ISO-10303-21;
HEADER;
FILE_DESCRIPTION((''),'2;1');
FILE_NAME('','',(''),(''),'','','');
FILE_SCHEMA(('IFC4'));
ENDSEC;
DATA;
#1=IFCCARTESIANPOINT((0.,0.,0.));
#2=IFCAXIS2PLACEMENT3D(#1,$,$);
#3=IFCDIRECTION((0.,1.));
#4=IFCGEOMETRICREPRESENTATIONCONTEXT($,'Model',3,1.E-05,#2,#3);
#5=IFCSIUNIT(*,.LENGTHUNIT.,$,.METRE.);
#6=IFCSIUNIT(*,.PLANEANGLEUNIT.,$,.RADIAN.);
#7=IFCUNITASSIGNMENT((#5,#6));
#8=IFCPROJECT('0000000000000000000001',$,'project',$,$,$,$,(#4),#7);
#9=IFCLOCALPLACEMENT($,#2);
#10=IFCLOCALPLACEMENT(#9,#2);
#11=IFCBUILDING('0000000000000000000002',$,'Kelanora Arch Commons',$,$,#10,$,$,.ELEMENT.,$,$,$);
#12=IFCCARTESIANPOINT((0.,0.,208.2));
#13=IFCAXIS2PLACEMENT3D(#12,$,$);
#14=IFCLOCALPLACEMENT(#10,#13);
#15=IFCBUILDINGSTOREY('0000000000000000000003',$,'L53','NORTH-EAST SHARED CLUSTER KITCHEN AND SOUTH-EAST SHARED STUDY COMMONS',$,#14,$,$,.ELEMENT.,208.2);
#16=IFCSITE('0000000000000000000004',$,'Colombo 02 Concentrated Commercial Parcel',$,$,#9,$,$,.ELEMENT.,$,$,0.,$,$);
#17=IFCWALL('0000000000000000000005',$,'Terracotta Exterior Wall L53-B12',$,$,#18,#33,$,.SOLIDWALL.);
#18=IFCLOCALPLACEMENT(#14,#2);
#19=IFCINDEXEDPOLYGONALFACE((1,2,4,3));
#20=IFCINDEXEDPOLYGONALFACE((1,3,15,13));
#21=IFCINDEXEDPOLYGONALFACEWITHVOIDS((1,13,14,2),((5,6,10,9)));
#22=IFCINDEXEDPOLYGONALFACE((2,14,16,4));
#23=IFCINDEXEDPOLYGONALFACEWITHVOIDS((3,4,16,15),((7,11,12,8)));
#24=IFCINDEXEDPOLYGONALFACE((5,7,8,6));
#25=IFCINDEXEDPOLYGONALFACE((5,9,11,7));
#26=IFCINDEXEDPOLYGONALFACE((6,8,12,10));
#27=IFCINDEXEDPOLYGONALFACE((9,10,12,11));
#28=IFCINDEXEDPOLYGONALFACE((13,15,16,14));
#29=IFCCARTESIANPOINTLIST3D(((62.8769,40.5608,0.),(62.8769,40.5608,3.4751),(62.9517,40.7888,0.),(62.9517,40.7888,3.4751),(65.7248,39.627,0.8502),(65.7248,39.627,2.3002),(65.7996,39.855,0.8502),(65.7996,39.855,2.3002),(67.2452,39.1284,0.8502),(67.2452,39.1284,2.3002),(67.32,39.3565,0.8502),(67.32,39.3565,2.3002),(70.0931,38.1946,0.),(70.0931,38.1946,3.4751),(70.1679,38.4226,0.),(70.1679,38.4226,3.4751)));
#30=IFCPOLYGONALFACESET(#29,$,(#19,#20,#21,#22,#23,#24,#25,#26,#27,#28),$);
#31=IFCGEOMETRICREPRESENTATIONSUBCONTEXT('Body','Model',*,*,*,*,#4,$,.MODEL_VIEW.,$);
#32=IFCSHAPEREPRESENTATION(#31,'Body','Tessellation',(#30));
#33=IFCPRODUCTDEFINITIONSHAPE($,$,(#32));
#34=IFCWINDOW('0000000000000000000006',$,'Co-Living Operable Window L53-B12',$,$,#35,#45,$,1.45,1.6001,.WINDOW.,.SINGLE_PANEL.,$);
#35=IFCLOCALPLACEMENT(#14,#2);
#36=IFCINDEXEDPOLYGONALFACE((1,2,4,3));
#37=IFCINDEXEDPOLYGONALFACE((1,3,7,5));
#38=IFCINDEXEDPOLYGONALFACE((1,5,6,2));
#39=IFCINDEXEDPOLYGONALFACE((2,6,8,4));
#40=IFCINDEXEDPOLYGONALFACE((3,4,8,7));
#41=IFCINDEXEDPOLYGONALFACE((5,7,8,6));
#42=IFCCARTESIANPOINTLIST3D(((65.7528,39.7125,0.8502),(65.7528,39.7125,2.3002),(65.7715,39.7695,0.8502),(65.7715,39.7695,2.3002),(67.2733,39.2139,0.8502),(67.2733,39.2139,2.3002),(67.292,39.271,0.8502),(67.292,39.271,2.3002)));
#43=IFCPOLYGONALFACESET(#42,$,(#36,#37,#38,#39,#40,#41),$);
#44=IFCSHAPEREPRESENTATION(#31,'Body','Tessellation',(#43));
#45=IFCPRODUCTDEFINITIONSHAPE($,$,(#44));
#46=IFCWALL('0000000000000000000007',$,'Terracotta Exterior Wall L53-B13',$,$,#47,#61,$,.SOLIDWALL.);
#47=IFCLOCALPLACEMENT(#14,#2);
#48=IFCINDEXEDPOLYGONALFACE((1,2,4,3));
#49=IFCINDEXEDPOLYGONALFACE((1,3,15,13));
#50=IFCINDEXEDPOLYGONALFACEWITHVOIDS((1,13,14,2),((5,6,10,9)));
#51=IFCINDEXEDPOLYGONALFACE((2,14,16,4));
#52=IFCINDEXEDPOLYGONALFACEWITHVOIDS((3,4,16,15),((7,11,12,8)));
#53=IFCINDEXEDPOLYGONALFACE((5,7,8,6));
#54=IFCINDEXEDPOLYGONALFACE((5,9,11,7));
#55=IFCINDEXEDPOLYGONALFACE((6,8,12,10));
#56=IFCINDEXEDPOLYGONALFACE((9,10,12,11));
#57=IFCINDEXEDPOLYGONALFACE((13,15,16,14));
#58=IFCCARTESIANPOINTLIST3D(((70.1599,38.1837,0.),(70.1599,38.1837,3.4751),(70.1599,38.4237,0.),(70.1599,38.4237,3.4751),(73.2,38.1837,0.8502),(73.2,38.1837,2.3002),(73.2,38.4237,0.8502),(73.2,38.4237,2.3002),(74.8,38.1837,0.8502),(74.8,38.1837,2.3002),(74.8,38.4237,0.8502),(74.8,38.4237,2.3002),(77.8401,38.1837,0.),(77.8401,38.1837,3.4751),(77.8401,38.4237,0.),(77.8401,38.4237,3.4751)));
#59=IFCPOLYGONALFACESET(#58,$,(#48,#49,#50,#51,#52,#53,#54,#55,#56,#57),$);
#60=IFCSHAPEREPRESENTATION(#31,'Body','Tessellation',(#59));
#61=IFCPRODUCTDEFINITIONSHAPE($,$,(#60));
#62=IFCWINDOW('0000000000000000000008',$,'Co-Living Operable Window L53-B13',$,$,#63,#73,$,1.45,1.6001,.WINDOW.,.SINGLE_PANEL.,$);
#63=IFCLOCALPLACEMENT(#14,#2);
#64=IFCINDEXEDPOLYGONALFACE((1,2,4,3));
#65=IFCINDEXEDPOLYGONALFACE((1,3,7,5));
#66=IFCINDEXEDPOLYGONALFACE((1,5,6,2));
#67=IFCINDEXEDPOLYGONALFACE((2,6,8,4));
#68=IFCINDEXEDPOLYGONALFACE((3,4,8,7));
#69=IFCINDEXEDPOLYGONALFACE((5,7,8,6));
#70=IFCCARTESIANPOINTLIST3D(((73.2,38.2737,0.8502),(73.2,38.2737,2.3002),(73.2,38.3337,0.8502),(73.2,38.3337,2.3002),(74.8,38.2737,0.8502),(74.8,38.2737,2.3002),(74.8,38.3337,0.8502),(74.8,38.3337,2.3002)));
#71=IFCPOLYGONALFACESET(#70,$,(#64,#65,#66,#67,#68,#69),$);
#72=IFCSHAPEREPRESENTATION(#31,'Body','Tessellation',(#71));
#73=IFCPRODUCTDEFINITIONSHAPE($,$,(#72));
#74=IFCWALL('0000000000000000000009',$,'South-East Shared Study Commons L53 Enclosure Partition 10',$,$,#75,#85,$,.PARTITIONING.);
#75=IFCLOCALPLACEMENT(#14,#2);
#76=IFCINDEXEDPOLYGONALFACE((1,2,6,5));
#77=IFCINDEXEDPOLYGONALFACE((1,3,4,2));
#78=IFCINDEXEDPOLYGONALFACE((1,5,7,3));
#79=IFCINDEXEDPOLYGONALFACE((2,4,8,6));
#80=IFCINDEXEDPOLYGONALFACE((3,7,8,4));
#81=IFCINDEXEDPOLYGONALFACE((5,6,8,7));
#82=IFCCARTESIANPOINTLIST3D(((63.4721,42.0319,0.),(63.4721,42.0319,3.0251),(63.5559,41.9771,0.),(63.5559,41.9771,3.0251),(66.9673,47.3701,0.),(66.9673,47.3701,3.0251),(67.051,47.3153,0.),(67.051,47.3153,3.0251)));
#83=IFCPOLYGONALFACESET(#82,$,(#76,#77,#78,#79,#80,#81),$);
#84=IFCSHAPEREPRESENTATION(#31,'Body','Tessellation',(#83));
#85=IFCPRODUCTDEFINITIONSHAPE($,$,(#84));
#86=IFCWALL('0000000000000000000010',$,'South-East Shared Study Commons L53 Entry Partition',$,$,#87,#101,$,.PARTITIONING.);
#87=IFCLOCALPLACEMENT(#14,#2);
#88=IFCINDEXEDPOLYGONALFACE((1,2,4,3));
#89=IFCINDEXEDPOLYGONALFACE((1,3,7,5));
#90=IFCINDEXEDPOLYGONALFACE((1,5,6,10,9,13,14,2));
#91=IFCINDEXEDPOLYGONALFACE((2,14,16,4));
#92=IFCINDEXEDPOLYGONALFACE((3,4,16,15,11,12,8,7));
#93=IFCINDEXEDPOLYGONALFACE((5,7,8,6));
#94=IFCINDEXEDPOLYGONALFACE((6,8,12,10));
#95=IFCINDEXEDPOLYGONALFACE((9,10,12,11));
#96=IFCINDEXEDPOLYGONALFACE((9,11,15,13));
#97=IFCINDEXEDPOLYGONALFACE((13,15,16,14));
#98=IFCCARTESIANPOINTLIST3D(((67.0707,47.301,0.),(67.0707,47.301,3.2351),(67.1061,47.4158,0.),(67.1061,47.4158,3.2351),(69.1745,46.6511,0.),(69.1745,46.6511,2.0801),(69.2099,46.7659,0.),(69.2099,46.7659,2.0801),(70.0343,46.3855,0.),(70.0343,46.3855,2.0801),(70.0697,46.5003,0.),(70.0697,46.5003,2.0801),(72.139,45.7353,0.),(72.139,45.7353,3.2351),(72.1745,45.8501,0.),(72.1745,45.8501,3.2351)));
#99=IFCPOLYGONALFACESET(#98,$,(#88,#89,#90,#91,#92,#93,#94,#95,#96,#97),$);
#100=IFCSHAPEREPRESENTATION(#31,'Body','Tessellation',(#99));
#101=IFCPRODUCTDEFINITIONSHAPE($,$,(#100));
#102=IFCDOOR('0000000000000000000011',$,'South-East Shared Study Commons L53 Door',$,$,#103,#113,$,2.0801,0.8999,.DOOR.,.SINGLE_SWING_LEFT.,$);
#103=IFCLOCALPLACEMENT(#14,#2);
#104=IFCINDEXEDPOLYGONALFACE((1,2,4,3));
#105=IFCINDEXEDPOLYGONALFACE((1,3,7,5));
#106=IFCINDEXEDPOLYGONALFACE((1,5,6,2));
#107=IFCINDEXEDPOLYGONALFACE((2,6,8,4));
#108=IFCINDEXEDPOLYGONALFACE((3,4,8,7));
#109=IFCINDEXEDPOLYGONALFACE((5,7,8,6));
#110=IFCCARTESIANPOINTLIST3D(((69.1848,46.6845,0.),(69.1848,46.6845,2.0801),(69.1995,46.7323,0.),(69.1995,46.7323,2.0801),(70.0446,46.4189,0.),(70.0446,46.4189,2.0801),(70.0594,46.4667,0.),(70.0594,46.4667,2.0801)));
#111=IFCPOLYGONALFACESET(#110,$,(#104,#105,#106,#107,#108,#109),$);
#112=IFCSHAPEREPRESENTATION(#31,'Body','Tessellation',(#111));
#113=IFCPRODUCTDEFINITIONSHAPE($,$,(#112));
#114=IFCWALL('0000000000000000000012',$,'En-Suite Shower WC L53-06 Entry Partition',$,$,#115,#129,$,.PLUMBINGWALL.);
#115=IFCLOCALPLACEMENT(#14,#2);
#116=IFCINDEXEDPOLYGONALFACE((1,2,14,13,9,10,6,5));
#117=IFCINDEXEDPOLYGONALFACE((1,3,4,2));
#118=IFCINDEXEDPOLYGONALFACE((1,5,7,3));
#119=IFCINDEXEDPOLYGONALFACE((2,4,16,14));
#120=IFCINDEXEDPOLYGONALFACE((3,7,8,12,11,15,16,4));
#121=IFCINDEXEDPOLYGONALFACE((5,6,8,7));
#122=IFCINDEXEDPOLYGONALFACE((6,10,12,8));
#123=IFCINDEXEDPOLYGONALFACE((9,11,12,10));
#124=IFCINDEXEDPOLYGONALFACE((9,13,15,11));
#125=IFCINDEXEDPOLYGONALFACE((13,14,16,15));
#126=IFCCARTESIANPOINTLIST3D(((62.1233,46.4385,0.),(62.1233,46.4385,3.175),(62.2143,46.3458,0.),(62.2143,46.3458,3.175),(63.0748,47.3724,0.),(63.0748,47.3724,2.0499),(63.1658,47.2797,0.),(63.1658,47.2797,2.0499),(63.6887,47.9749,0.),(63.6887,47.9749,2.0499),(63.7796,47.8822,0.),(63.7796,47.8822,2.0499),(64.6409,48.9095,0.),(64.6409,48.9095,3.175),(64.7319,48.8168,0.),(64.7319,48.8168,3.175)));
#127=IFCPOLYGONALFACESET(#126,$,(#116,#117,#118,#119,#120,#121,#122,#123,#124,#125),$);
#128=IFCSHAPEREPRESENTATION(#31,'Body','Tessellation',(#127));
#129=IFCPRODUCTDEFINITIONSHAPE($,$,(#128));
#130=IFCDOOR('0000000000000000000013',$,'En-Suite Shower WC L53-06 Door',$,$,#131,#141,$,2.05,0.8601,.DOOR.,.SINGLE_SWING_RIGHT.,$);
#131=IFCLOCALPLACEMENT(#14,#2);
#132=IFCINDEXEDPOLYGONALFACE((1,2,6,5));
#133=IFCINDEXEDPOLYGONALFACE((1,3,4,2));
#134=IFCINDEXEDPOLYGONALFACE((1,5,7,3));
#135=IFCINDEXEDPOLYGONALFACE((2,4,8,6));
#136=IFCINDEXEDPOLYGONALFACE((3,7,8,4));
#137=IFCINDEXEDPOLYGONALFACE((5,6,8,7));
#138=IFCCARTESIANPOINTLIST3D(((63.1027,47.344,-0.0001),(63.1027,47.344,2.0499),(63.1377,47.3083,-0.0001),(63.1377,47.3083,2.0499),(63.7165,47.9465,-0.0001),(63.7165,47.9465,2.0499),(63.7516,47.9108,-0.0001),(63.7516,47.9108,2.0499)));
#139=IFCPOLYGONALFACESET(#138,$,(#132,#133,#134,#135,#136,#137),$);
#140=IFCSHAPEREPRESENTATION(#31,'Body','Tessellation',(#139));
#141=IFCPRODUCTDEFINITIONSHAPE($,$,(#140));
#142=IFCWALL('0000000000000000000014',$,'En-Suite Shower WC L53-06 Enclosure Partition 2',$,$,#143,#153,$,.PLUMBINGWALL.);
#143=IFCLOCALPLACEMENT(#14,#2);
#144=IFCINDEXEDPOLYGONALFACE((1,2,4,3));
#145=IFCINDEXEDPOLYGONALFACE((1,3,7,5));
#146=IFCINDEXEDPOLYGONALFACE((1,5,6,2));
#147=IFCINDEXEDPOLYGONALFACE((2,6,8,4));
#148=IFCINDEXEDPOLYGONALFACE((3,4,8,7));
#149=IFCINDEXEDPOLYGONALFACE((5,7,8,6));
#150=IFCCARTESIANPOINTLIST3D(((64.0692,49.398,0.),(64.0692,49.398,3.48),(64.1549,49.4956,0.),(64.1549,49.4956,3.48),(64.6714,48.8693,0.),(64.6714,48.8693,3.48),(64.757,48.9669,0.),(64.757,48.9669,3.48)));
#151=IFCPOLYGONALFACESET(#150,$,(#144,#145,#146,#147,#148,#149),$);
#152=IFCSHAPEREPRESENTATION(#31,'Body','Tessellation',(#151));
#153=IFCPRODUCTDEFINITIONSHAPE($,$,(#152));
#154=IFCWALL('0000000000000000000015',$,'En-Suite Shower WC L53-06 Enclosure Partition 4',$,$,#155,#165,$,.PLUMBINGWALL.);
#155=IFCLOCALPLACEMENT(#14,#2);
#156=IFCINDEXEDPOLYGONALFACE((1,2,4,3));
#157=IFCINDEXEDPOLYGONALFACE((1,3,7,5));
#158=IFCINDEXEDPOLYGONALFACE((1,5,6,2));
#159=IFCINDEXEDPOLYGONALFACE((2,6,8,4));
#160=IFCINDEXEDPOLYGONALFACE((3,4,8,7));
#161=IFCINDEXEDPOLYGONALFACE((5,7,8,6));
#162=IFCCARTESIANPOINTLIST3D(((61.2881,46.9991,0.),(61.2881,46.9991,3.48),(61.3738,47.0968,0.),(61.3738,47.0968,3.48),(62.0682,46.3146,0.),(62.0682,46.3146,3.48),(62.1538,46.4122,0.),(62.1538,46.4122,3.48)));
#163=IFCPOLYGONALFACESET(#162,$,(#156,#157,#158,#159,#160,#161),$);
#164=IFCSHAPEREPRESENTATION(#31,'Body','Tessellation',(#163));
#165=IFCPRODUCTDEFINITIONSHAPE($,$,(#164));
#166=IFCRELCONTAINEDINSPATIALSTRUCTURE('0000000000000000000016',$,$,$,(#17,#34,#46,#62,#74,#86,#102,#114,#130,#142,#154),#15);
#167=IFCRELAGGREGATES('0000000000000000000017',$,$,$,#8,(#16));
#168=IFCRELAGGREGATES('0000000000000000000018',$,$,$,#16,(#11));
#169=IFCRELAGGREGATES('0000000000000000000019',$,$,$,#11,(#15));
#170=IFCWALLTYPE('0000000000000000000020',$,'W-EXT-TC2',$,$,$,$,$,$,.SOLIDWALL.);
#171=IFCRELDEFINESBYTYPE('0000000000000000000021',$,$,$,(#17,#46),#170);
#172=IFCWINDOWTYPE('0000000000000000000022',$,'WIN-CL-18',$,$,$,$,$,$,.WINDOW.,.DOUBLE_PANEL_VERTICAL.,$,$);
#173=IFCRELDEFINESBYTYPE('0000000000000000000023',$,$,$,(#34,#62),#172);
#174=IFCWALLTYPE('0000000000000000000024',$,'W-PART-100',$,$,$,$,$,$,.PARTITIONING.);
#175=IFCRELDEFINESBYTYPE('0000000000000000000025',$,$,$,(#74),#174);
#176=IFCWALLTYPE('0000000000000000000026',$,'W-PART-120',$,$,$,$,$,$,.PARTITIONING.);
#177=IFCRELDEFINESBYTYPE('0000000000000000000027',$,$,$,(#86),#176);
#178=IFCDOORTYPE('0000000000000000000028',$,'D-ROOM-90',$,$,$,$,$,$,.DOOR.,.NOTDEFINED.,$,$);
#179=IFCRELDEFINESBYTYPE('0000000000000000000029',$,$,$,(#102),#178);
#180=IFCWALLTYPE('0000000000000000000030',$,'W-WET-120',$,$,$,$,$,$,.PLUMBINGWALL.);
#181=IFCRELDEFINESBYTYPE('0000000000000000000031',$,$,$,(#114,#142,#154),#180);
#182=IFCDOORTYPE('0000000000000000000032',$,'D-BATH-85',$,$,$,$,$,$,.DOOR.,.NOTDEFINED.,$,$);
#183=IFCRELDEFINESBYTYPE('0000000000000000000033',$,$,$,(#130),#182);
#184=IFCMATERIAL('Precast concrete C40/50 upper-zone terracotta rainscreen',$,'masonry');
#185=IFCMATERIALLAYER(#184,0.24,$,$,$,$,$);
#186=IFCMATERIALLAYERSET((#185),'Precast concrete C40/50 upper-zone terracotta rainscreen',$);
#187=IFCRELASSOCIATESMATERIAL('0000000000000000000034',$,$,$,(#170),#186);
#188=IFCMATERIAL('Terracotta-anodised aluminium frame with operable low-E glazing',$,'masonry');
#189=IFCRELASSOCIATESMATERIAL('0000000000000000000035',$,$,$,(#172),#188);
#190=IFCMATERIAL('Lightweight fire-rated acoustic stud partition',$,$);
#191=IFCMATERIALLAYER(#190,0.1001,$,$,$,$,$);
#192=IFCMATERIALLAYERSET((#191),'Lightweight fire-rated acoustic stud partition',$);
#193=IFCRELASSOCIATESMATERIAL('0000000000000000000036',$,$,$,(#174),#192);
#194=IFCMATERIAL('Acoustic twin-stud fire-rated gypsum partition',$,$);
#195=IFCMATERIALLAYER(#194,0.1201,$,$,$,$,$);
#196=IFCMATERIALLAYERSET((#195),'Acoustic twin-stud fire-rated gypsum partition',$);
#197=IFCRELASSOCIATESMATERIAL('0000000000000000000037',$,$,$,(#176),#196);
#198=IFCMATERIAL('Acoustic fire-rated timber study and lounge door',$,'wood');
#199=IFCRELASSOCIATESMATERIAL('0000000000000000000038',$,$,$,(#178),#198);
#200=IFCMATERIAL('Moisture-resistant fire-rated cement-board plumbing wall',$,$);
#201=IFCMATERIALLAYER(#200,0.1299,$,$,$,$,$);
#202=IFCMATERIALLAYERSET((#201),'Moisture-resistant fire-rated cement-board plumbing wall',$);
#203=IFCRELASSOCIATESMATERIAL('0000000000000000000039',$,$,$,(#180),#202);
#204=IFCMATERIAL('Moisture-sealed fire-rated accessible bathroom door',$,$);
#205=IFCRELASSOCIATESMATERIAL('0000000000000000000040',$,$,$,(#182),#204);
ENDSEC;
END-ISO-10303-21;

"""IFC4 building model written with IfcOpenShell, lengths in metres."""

from ifc_helpers import new_model, si_unit, direction, frame, frame_2d, origin, place, context, subcontext, project, spatial, rectangle, extrude, material, layer, layer_set, type_object, element, fill, save


model = new_model("IFC4")

# Units and contexts
model_context = context("Model", 3, precision=1e-05, world=origin(), true_north=direction((0.0, 1.0)))
body_context = subcontext(model_context, "Body", "Model", "MODEL_VIEW")
ifc_project = project(units=[si_unit("LENGTHUNIT", "METRE"), si_unit("PLANEANGLEUNIT", "RADIAN")], contexts=[model_context])

# Site, building, storey
site_placement = place(None, origin())
site = spatial("IfcSite", under=ifc_project, at=site_placement, Name="Colombo 02 Concentrated Commercial Parcel", CompositionType="ELEMENT", RefElevation=0.0)
building_placement = place(site_placement, origin())
building = spatial("IfcBuilding", under=site, at=building_placement, Name="Kelanora Arch Commons", CompositionType="ELEMENT")
storey_placement = place(building_placement, frame((0.0, 0.0, 208.2)))
storey = spatial("IfcBuildingStorey", under=building, at=storey_placement, Name="L53", Description="NORTH-EAST SHARED CLUSTER KITCHEN AND SOUTH-EAST SHARED STUDY COMMONS", CompositionType="ELEMENT", Elevation=208.2)

# Walls, openings, windows
ifc_material_1 = material(Name="Precast concrete C40/50 upper-zone terracotta rainscreen", Category="masonry")
ifc_layer_1 = layer(ifc_material_1, 0.24)
ifc_layer_set_1 = layer_set([ifc_layer_1], Name="Precast concrete C40/50 upper-zone terracotta rainscreen")
wall_type_1 = type_object("IfcWallType", Name="W-EXT-TC2", PredefinedType="SOLIDWALL", material=ifc_layer_set_1)
wall_1_placement = place(storey_placement, frame((62.9143, 40.6748, 0.0), z_axis=(0.0, 0.0, 1.0), x_axis=(0.950221, -0.311575, 0.0)))
wall_1 = element("IfcWall", 1, at=wall_1_placement, inside=storey, type_object=wall_type_1, Name="Terracotta Exterior Wall L53-B12", PredefinedType="SOLIDWALL", context=body_context, shape_type="SweptSolid", body=[
    extrude(rectangle(XDim=7.5942, YDim=0.24, at=frame_2d((3.7971, 0.0))), origin(), (0.0, 0.0, 1.0), 3.4751),
])
opening_1_placement = place(wall_1_placement, frame((2.9971, 0.0, 0.8501)))
opening_1 = element("IfcOpeningElement", 2, at=opening_1_placement, cuts=wall_1, PredefinedType="OPENING", context=body_context, shape_type="SweptSolid", body=[
    extrude(rectangle(XDim=1.6001, YDim=1.45, at=frame_2d((0.8, 0.7251))), frame((0.0, 0.1299, 0.0), z_axis=(0.0, -1.0, 0.0), x_axis=(1.0, 0.0, 0.0)), (0.0, 0.0, 1.0), 0.26),
])
ifc_material_2 = material(Name="Terracotta-anodised aluminium frame with operable low-E glazing", Category="masonry")
window_type = type_object("IfcWindowType", Name="WIN-CL-18", PartitioningType="DOUBLE_PANEL_VERTICAL", PredefinedType="WINDOW", material=ifc_material_2)
window_1_placement = place(opening_1_placement, origin())
window_1 = element("IfcWindow", 3, at=window_1_placement, inside=storey, type_object=window_type, Name="Co-Living Operable Window L53-B12", OverallHeight=1.45, OverallWidth=1.6001, PartitioningType="SINGLE_PANEL", PredefinedType="WINDOW", context=body_context, shape_type="SweptSolid", body=[
    extrude(rectangle(XDim=1.6001, YDim=1.45, at=frame_2d((0.8, 0.7251))), frame((0.0, 0.03, 0.0), z_axis=(0.0, -1.0, 0.0), x_axis=(1.0, 0.0, 0.0)), (0.0, 0.0, 1.0), 0.0601),
])
fill(opening_1, window_1)
wall_2_placement = place(storey_placement, frame((70.1599, 38.3037, 0.0), z_axis=(0.0, 0.0, 1.0), x_axis=(1.0, 0.0, 0.0)))
wall_2 = element("IfcWall", 4, at=wall_2_placement, inside=storey, type_object=wall_type_1, Name="Terracotta Exterior Wall L53-B13", PredefinedType="SOLIDWALL", context=body_context, shape_type="SweptSolid", body=[
    extrude(rectangle(XDim=7.6802, YDim=0.24, at=frame_2d((3.8401, 0.0))), origin(), (0.0, 0.0, 1.0), 3.4751),
])
opening_2_placement = place(wall_2_placement, frame((3.04, 0.0, 0.8501)))
opening_2 = element("IfcOpeningElement", 5, at=opening_2_placement, cuts=wall_2, PredefinedType="OPENING", context=body_context, shape_type="SweptSolid", body=[
    extrude(rectangle(XDim=1.6001, YDim=1.45, at=frame_2d((0.8, 0.7251))), frame((0.0, 0.1299, 0.0), z_axis=(0.0, -1.0, 0.0), x_axis=(1.0, 0.0, 0.0)), (0.0, 0.0, 1.0), 0.26),
])
window_2_placement = place(opening_2_placement, origin())
window_2 = element("IfcWindow", 6, at=window_2_placement, inside=storey, type_object=window_type, Name="Co-Living Operable Window L53-B13", OverallHeight=1.45, OverallWidth=1.6001, PartitioningType="SINGLE_PANEL", PredefinedType="WINDOW", context=body_context, shape_type="SweptSolid", body=[
    extrude(rectangle(XDim=1.6001, YDim=1.45, at=frame_2d((0.8, 0.7251))), frame((0.0, 0.03, 0.0), z_axis=(0.0, -1.0, 0.0), x_axis=(1.0, 0.0, 0.0)), (0.0, 0.0, 1.0), 0.0601),
])
fill(opening_2, window_2)

# Wall
ifc_material_3 = material(Name="Lightweight fire-rated acoustic stud partition")
ifc_layer_2 = layer(ifc_material_3, 0.1001)
ifc_layer_set_2 = layer_set([ifc_layer_2], Name="Lightweight fire-rated acoustic stud partition")
wall_type_2 = type_object("IfcWallType", Name="W-PART-100", PredefinedType="PARTITIONING", material=ifc_layer_set_2)
wall_3_placement = place(storey_placement, frame((63.5139, 42.0044, 0.0), z_axis=(0.0, 0.0, 1.0), x_axis=(0.547776, 0.836625, 0.0)))
element("IfcWall", 7, at=wall_3_placement, inside=storey, type_object=wall_type_2, Name="South-East Shared Study Commons L53 Enclosure Partition 10", PredefinedType="PARTITIONING", context=body_context, shape_type="SweptSolid", body=[
    extrude(rectangle(XDim=6.3806, YDim=0.1001, at=frame_2d((3.1904, 0.0))), origin(), (0.0, 0.0, 1.0), 3.0251),
])

# Walls, openings, doors
ifc_material_4 = material(Name="Acoustic twin-stud fire-rated gypsum partition")
ifc_layer_3 = layer(ifc_material_4, 0.1201)
ifc_layer_set_3 = layer_set([ifc_layer_3], Name="Acoustic twin-stud fire-rated gypsum partition")
wall_type_3 = type_object("IfcWallType", Name="W-PART-120", PredefinedType="PARTITIONING", material=ifc_layer_set_3)
wall_4_placement = place(storey_placement, frame((67.0884, 47.3584, 0.0), z_axis=(0.0, 0.0, 1.0), x_axis=(0.955451, -0.29515, 0.0)))
wall_4 = element("IfcWall", 8, at=wall_4_placement, inside=storey, type_object=wall_type_3, Name="South-East Shared Study Commons L53 Entry Partition", PredefinedType="PARTITIONING", context=body_context, shape_type="SweptSolid", body=[
    extrude(rectangle(XDim=5.3047, YDim=0.1201, at=frame_2d((2.6523, 0.0))), origin(), (0.0, 0.0, 1.0), 3.2351),
])
opening_3_placement = place(wall_4_placement, frame((2.2019, 0.0, 0.0)))
opening_3 = element("IfcOpeningElement", 9, at=opening_3_placement, cuts=wall_4, PredefinedType="OPENING", context=body_context, shape_type="SweptSolid", body=[
    extrude(rectangle(XDim=0.8999, YDim=2.0801, at=frame_2d((0.45, 1.04))), frame((0.0, 0.0701, 0.0), z_axis=(0.0, -1.0, 0.0), x_axis=(1.0, 0.0, 0.0)), (0.0, 0.0, 1.0), 0.1401),
])
ifc_material_5 = material(Name="Acoustic fire-rated timber study and lounge door", Category="wood")
door_type_1 = type_object("IfcDoorType", Name="D-ROOM-90", OperationType="NOTDEFINED", PredefinedType="DOOR", material=ifc_material_5)
door_1_placement = place(opening_3_placement, origin())
door_1 = element("IfcDoor", 10, at=door_1_placement, inside=storey, type_object=door_type_1, Name="South-East Shared Study Commons L53 Door", OperationType="SINGLE_SWING_LEFT", OverallHeight=2.0801, OverallWidth=0.8999, PredefinedType="DOOR", context=body_context, shape_type="SweptSolid", body=[
    extrude(rectangle(XDim=0.8999, YDim=2.0801, at=frame_2d((0.45, 1.04))), frame((0.0, 0.0249, 0.0), z_axis=(0.0, -1.0, 0.0), x_axis=(1.0, 0.0, 0.0)), (0.0, 0.0, 1.0), 0.05),
])
fill(opening_3, door_1)
ifc_material_6 = material(Name="Moisture-resistant fire-rated cement-board plumbing wall")
ifc_layer_4 = layer(ifc_material_6, 0.1299)
ifc_layer_set_4 = layer_set([ifc_layer_4], Name="Moisture-resistant fire-rated cement-board plumbing wall")
wall_type_4 = type_object("IfcWallType", Name="W-WET-120", PredefinedType="PLUMBINGWALL", material=ifc_layer_set_4)
wall_5_placement = place(storey_placement, frame((64.6863, 48.863, 0.0), z_axis=(0.0, 0.0, 1.0), x_axis=(-0.713685, -0.700466, 0.0)))
wall_5 = element("IfcWall", 11, at=wall_5_placement, inside=storey, type_object=wall_type_4, Name="En-Suite Shower WC L53-06 Entry Partition", PredefinedType="PLUMBINGWALL", context=body_context, shape_type="SweptSolid", body=[
    extrude(rectangle(XDim=3.5276, YDim=0.1299, at=frame_2d((1.7637, 0.0))), origin(), (0.0, 0.0, 1.0), 3.175),
])
opening_4_placement = place(wall_5_placement, frame((1.334, 0.0, 0.0)))
opening_4 = element("IfcOpeningElement", 12, at=opening_4_placement, cuts=wall_5, PredefinedType="OPENING", context=body_context, shape_type="SweptSolid", body=[
    extrude(rectangle(XDim=0.8601, YDim=2.05, at=frame_2d((0.4302, 1.0249))), frame((0.0, 0.075, 0.0), z_axis=(0.0, -1.0, 0.0), x_axis=(1.0, 0.0, 0.0)), (0.0, 0.0, 1.0), 0.1499),
])
ifc_material_7 = material(Name="Moisture-sealed fire-rated accessible bathroom door")
door_type_2 = type_object("IfcDoorType", Name="D-BATH-85", OperationType="NOTDEFINED", PredefinedType="DOOR", material=ifc_material_7)
door_2_placement = place(opening_4_placement, origin())
door_2 = element("IfcDoor", 13, at=door_2_placement, inside=storey, type_object=door_type_2, Name="En-Suite Shower WC L53-06 Door", OperationType="SINGLE_SWING_RIGHT", OverallHeight=2.05, OverallWidth=0.8601, PredefinedType="DOOR", context=body_context, shape_type="SweptSolid", body=[
    extrude(rectangle(XDim=0.8601, YDim=2.05, at=frame_2d((0.4302, 1.0249))), frame((0.0, 0.0249, 0.0), z_axis=(0.0, -1.0, 0.0), x_axis=(1.0, 0.0, 0.0)), (0.0, 0.0, 1.0), 0.05),
])
fill(opening_4, door_2)

# Walls
wall_6_placement = place(storey_placement, frame((64.1121, 49.4468, 0.0), z_axis=(0.0, 0.0, 1.0), x_axis=(0.751481, -0.659755, 0.0)))
element("IfcWall", 14, at=wall_6_placement, inside=storey, type_object=wall_type_4, Name="En-Suite Shower WC L53-06 Enclosure Partition 2", PredefinedType="PLUMBINGWALL", context=body_context, shape_type="SweptSolid", body=[
    extrude(rectangle(XDim=0.8013, YDim=0.1299, at=frame_2d((0.4006, 0.0))), origin(), (0.0, 0.0, 1.0), 3.48),
])
wall_7_placement = place(storey_placement, frame((62.1111, 46.3633, 0.0), z_axis=(0.0, 0.0, 1.0), x_axis=(-0.7516, 0.65962, 0.0)))
element("IfcWall", 15, at=wall_7_placement, inside=storey, type_object=wall_type_4, Name="En-Suite Shower WC L53-06 Enclosure Partition 4", PredefinedType="PLUMBINGWALL", context=body_context, shape_type="SweptSolid", body=[
    extrude(rectangle(XDim=1.0378, YDim=0.1299, at=frame_2d((0.519, 0.0))), origin(), (0.0, 0.0, 1.0), 3.48),
])

save(model, "model.ifc")
